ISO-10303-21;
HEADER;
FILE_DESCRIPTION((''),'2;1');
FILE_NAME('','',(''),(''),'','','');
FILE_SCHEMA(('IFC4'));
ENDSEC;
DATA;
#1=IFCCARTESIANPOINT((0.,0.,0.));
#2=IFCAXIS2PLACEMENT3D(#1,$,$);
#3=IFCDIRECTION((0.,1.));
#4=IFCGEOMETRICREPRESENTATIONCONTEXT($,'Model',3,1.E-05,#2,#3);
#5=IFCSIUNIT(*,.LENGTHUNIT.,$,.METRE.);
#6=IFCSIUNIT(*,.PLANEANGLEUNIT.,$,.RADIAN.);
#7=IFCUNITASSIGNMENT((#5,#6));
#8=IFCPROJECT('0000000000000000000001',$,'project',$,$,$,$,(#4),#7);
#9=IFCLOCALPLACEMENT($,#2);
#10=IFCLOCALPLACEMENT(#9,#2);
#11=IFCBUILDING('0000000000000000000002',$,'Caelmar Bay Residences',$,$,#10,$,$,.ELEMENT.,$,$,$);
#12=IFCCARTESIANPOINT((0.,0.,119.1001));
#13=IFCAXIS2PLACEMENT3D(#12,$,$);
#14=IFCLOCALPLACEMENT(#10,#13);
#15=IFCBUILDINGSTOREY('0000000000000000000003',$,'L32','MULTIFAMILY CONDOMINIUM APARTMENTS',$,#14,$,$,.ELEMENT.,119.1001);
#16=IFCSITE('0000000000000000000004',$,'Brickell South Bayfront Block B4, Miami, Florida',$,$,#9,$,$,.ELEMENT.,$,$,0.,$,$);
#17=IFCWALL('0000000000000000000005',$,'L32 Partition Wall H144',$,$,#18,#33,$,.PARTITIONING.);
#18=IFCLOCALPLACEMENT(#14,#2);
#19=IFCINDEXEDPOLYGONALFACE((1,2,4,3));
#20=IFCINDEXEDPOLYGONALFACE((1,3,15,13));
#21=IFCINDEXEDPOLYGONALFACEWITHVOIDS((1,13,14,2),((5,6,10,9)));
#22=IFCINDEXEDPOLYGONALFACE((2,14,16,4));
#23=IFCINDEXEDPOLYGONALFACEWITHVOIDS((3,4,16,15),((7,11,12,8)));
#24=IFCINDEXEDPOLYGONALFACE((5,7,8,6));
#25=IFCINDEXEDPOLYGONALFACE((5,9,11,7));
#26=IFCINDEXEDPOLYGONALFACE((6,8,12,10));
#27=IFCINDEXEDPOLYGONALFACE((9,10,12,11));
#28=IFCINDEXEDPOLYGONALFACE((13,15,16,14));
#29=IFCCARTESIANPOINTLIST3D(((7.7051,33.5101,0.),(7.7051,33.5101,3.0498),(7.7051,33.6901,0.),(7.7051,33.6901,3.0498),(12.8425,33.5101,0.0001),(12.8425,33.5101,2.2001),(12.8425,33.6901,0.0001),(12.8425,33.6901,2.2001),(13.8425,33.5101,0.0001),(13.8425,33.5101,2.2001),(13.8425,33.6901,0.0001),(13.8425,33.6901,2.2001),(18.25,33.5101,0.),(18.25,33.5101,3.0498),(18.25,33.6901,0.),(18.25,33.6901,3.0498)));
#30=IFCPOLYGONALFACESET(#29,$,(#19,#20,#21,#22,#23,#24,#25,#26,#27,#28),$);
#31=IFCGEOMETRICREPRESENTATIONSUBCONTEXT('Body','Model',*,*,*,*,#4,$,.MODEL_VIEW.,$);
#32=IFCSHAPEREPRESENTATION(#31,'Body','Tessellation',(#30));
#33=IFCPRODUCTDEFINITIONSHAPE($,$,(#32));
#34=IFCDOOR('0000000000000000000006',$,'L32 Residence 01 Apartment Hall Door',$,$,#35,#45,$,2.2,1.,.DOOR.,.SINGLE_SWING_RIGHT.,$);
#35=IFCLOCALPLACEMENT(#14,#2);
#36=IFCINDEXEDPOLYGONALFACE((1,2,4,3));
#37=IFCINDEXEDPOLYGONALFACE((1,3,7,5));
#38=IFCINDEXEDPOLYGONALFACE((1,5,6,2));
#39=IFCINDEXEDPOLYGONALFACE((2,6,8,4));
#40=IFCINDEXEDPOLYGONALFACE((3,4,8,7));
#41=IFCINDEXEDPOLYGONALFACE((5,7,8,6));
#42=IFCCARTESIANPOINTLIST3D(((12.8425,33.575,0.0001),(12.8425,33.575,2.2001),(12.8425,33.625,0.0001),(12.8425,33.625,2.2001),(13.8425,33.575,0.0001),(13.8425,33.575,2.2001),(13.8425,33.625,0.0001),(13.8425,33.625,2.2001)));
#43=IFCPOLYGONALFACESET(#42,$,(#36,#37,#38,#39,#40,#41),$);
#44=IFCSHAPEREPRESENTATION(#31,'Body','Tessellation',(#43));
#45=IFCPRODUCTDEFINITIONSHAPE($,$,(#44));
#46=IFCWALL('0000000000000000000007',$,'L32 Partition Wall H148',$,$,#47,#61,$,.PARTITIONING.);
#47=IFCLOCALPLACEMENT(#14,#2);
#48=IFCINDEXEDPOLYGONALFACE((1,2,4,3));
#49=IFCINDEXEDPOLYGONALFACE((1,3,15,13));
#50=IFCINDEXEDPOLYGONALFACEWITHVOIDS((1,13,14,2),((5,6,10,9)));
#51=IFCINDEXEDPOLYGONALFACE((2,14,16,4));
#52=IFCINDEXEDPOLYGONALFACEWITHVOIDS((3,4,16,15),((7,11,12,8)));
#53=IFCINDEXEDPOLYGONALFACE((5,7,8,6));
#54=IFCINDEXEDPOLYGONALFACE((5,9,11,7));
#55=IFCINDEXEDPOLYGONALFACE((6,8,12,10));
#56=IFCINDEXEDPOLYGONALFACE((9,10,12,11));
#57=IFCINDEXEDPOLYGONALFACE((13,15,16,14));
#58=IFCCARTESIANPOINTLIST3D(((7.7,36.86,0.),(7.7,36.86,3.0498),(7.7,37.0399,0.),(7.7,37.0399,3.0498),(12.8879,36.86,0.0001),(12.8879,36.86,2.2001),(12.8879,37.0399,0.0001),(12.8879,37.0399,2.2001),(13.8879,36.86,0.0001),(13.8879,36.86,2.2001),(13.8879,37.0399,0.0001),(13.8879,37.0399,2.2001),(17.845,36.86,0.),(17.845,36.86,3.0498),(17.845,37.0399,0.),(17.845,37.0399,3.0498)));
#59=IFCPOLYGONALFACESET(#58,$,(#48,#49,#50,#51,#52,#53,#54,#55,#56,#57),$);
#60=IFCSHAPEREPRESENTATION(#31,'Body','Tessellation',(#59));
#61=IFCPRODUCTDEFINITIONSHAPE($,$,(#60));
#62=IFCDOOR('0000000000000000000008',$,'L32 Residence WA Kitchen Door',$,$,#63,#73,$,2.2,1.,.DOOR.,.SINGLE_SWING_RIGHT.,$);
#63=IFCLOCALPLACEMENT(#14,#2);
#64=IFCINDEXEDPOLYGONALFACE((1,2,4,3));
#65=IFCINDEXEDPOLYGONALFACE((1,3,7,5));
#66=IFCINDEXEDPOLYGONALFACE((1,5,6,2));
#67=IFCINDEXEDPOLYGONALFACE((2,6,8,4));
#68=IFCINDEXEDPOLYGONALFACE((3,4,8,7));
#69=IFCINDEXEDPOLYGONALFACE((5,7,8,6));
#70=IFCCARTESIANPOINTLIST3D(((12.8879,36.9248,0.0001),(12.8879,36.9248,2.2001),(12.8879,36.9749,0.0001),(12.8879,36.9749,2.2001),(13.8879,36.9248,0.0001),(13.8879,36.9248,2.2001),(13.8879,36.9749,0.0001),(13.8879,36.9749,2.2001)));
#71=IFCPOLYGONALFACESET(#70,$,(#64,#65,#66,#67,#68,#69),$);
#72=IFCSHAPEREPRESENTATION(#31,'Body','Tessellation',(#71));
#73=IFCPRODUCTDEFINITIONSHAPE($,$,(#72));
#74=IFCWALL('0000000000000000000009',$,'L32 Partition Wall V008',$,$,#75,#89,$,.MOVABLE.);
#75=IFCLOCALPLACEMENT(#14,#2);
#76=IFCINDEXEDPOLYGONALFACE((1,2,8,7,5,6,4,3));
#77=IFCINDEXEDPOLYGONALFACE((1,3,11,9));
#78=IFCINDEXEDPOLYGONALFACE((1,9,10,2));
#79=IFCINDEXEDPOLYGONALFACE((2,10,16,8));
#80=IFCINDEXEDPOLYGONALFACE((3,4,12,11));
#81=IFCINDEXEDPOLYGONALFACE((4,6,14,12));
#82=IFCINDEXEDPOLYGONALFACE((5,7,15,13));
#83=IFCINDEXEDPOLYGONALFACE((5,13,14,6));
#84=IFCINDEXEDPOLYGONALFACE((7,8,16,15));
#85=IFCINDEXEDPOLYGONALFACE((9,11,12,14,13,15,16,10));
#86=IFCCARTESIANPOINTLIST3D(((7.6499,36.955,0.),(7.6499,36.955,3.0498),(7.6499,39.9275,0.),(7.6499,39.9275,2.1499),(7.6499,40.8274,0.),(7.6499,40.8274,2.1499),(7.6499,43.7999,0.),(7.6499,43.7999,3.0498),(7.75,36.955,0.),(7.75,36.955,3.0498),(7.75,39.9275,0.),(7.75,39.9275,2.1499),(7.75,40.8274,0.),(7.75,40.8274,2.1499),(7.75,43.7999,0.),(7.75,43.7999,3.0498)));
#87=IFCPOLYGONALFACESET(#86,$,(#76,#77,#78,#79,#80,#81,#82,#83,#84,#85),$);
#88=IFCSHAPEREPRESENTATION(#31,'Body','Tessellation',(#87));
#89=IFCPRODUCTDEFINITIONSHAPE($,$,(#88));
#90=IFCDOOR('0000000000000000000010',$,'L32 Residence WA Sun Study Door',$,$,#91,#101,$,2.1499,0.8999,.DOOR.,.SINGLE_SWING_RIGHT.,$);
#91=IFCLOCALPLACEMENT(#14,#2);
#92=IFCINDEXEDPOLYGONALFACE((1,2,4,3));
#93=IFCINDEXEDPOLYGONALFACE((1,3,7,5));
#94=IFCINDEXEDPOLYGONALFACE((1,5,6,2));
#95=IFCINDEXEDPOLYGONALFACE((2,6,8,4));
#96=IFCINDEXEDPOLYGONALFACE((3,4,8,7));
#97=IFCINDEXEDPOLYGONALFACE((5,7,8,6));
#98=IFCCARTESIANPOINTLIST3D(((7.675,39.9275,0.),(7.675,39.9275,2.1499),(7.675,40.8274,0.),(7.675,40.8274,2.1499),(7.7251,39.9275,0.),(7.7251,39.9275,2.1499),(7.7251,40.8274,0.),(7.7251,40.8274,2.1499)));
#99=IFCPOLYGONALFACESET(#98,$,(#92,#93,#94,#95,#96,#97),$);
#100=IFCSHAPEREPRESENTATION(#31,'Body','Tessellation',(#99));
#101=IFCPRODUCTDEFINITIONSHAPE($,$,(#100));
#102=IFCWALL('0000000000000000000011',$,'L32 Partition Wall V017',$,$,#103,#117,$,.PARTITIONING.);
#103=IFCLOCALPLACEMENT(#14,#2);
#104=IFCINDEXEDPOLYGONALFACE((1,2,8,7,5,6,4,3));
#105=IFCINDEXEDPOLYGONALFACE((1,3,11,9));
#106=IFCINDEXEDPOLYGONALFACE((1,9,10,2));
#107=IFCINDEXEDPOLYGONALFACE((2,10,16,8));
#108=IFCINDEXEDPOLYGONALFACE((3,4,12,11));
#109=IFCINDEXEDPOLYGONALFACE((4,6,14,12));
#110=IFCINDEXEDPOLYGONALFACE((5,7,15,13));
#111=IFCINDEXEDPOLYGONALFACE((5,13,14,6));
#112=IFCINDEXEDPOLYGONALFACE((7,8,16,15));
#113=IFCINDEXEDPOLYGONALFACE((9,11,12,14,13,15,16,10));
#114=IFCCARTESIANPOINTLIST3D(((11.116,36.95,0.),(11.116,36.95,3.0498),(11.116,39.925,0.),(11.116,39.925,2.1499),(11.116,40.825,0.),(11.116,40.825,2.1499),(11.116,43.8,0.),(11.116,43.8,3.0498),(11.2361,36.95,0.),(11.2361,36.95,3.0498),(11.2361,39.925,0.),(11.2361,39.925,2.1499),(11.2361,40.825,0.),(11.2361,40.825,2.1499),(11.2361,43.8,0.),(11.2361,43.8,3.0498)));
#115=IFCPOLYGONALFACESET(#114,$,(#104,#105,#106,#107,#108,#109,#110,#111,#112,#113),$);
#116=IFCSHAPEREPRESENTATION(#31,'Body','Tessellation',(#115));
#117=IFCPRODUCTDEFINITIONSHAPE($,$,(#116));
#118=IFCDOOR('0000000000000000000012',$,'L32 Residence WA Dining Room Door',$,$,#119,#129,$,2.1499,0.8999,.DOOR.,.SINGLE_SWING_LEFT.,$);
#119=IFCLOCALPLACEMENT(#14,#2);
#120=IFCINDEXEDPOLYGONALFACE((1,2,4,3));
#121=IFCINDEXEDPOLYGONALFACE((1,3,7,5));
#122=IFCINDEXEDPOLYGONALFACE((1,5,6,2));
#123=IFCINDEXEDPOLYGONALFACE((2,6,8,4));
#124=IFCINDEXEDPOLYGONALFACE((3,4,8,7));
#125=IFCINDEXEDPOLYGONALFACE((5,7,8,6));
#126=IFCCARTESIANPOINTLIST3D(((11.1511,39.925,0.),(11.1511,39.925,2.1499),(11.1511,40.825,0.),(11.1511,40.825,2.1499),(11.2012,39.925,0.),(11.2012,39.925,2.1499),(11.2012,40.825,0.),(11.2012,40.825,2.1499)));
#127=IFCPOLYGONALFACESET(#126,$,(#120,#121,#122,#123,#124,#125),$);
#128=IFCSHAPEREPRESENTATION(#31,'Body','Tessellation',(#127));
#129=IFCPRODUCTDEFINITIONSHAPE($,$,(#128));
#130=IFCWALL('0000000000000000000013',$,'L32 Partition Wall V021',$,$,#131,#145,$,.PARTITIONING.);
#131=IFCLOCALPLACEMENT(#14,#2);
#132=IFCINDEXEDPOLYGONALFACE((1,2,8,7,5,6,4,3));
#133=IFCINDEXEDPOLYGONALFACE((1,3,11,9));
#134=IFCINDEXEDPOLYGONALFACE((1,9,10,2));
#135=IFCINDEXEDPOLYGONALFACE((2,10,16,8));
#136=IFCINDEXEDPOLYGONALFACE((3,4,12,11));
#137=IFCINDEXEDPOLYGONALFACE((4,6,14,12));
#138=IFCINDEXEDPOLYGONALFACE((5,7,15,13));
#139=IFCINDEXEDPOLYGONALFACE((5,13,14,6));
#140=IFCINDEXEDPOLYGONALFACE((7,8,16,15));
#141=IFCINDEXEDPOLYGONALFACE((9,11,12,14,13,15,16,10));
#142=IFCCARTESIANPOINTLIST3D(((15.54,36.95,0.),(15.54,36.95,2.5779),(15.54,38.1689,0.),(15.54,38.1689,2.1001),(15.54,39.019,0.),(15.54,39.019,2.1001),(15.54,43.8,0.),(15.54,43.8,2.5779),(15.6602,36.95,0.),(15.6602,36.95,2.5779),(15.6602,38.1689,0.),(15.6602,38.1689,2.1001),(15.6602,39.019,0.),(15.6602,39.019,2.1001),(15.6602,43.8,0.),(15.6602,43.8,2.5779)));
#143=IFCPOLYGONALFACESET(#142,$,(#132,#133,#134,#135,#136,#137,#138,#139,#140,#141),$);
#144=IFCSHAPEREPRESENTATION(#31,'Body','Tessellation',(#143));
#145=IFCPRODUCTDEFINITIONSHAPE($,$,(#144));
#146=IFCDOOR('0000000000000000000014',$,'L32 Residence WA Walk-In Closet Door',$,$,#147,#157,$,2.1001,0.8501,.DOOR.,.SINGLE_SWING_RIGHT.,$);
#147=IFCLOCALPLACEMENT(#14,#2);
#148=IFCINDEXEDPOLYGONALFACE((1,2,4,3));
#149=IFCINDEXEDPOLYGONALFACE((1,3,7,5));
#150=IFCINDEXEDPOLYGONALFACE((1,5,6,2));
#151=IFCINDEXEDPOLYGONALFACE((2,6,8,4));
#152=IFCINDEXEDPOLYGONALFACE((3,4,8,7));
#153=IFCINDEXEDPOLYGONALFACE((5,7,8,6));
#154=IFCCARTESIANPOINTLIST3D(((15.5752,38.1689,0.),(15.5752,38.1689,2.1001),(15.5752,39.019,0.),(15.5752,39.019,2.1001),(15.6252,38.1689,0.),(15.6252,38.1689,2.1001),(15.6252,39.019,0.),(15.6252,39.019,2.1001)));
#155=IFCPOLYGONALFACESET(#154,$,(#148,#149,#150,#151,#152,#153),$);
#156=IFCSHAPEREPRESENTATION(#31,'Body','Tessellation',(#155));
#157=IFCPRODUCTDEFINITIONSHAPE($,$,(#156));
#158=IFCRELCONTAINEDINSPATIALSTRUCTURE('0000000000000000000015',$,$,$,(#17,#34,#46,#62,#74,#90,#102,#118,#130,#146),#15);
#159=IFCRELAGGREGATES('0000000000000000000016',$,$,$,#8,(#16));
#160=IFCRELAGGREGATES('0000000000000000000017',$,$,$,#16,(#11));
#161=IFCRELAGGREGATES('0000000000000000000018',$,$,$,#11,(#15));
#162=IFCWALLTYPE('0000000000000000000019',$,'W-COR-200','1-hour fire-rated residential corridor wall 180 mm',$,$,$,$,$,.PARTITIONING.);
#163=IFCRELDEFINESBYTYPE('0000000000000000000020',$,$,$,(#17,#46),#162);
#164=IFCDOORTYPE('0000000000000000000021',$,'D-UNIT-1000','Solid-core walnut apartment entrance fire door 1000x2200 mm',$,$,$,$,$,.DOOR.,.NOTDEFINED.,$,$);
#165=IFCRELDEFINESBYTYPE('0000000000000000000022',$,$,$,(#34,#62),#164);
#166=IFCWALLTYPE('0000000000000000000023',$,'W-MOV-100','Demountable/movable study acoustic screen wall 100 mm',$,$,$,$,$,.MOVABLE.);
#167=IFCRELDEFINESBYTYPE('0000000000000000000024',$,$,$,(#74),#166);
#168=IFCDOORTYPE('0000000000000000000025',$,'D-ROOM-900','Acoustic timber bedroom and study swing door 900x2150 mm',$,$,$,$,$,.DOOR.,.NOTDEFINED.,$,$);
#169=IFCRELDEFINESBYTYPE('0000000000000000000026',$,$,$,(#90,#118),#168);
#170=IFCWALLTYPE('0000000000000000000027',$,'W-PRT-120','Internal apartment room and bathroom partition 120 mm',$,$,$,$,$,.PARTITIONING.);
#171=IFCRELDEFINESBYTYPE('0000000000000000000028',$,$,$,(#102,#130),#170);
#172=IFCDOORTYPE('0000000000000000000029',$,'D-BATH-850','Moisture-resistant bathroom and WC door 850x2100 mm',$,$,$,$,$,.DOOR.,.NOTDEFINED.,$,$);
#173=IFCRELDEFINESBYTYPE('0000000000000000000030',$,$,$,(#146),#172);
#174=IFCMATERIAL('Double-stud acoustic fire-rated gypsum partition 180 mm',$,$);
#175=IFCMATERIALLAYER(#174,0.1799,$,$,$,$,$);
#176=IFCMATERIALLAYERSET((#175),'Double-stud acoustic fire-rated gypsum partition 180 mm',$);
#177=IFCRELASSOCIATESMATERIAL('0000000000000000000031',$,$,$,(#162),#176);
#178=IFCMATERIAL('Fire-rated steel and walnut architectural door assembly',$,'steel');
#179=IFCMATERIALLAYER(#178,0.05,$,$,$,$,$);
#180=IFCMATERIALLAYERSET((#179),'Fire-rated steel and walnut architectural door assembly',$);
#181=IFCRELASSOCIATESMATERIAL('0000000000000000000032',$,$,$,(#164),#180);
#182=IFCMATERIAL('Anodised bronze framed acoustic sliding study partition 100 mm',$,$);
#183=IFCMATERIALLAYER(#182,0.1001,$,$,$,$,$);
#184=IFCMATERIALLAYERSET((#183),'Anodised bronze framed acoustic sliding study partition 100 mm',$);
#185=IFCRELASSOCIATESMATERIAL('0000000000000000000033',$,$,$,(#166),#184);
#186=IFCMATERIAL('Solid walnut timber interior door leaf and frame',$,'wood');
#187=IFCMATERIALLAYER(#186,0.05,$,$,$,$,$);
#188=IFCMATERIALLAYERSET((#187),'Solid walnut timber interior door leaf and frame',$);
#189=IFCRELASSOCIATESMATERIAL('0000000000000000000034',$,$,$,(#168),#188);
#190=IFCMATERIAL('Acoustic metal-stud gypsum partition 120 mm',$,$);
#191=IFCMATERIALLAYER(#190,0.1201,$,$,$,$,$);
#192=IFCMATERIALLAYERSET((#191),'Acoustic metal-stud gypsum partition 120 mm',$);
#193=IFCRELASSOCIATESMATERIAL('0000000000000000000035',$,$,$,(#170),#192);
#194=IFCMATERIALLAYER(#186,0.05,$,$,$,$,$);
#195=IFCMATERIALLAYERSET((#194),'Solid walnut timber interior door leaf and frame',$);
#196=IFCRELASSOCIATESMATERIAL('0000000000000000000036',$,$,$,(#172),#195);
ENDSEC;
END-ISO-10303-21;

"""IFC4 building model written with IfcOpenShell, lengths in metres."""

from ifc_helpers import new_model, si_unit, direction, frame, frame_2d, origin, place, context, subcontext, project, spatial, rectangle, extrude, material, layer, layer_set, type_object, element, fill, save


model = new_model("IFC4")

# Units and contexts
model_context = context("Model", 3, precision=1e-05, world=origin(), true_north=direction((0.0, 1.0)))
body_context = subcontext(model_context, "Body", "Model", "MODEL_VIEW")
ifc_project = project(units=[si_unit("LENGTHUNIT", "METRE"), si_unit("PLANEANGLEUNIT", "RADIAN")], contexts=[model_context])

# Site, building, storey
site_placement = place(None, origin())
site = spatial("IfcSite", under=ifc_project, at=site_placement, Name="Brickell South Bayfront Block B4, Miami, Florida", CompositionType="ELEMENT", RefElevation=0.0)
building_placement = place(site_placement, origin())
building = spatial("IfcBuilding", under=site, at=building_placement, Name="Caelmar Bay Residences", CompositionType="ELEMENT")
storey_placement = place(building_placement, frame((0.0, 0.0, 119.1001)))
storey = spatial("IfcBuildingStorey", under=building, at=storey_placement, Name="L32", Description="MULTIFAMILY CONDOMINIUM APARTMENTS", CompositionType="ELEMENT", Elevation=119.1001)

# Shared definitions
ifc_material_1 = material(Name="Fire-rated steel and walnut architectural door assembly", Category="steel")

# Shared definitions
ifc_material_2 = material(Name="Double-stud acoustic fire-rated gypsum partition 180 mm")
ifc_layer_1 = layer(ifc_material_2, 0.1799)
ifc_layer_set_1 = layer_set([ifc_layer_1], Name="Double-stud acoustic fire-rated gypsum partition 180 mm")
wall_type_1 = type_object("IfcWallType", Name="W-COR-200", Description="1-hour fire-rated residential corridor wall 180 mm", PredefinedType="PARTITIONING", material=ifc_layer_set_1)

# Walls, openings, doors
wall_1_placement = place(storey_placement, frame((7.7051, 33.6001, 0.0), z_axis=(0.0, 0.0, 1.0), x_axis=(1.0, 0.0, 0.0)))
wall_1 = element("IfcWall", 1, at=wall_1_placement, inside=storey, type_object=wall_type_1, Name="L32 Partition Wall H144", PredefinedType="PARTITIONING", context=body_context, shape_type="SweptSolid", body=[
    extrude(rectangle(XDim=10.5449, YDim=0.1799, at=frame_2d((5.2725, 0.0))), origin(), (0.0, 0.0, 1.0), 3.0498),
])
opening_1_placement = place(wall_1_placement, frame((5.1375, 0.0, 0.0)))
opening_1 = element("IfcOpeningElement", 2, at=opening_1_placement, cuts=wall_1, PredefinedType="OPENING", context=body_context, shape_type="SweptSolid", body=[
    extrude(rectangle(XDim=1.0, YDim=2.2, at=frame_2d((0.5, 1.1001))), frame((0.0, 0.0999, 0.0), z_axis=(0.0, -1.0, 0.0), x_axis=(1.0, 0.0, 0.0)), (0.0, 0.0, 1.0), 0.2),
])
ifc_layer_2 = layer(ifc_material_1, 0.05)
ifc_layer_set_2 = layer_set([ifc_layer_2], Name="Fire-rated steel and walnut architectural door assembly")
door_type_1 = type_object("IfcDoorType", Name="D-UNIT-1000", Description="Solid-core walnut apartment entrance fire door 1000x2200 mm", OperationType="NOTDEFINED", PredefinedType="DOOR", material=ifc_layer_set_2)
door_1_placement = place(opening_1_placement, origin())
door_1 = element("IfcDoor", 3, at=door_1_placement, inside=storey, type_object=door_type_1, Name="L32 Residence 01 Apartment Hall Door", OperationType="SINGLE_SWING_RIGHT", OverallHeight=2.2, OverallWidth=1.0, PredefinedType="DOOR", context=body_context, shape_type="SweptSolid", body=[
    extrude(rectangle(XDim=1.0, YDim=2.2, at=frame_2d((0.5, 1.1001))), frame((0.0, 0.0249, 0.0), z_axis=(0.0, -1.0, 0.0), x_axis=(1.0, 0.0, 0.0)), (0.0, 0.0, 1.0), 0.05),
])
fill(opening_1, door_1)
wall_2_placement = place(storey_placement, frame((7.7, 36.95, 0.0), z_axis=(0.0, 0.0, 1.0), x_axis=(1.0, 0.0, 0.0)))
wall_2 = element("IfcWall", 4, at=wall_2_placement, inside=storey, type_object=wall_type_1, Name="L32 Partition Wall H148", PredefinedType="PARTITIONING", context=body_context, shape_type="SweptSolid", body=[
    extrude(rectangle(XDim=10.145, YDim=0.1799, at=frame_2d((5.0725, 0.0))), origin(), (0.0, 0.0, 1.0), 3.0498),
])
opening_2_placement = place(wall_2_placement, frame((5.188, 0.0, 0.0)))
opening_2 = element("IfcOpeningElement", 5, at=opening_2_placement, cuts=wall_2, PredefinedType="OPENING", context=body_context, shape_type="SweptSolid", body=[
    extrude(rectangle(XDim=1.0, YDim=2.2, at=frame_2d((0.5, 1.1001))), frame((0.0, 0.0999, 0.0), z_axis=(0.0, -1.0, 0.0), x_axis=(1.0, 0.0, 0.0)), (0.0, 0.0, 1.0), 0.2),
])
door_2_placement = place(opening_2_placement, origin())
door_2 = element("IfcDoor", 6, at=door_2_placement, inside=storey, type_object=door_type_1, Name="L32 Residence WA Kitchen Door", OperationType="SINGLE_SWING_RIGHT", OverallHeight=2.2, OverallWidth=1.0, PredefinedType="DOOR", context=body_context, shape_type="SweptSolid", body=[
    extrude(rectangle(XDim=1.0, YDim=2.2, at=frame_2d((0.5, 1.1001))), frame((0.0, 0.0249, 0.0), z_axis=(0.0, -1.0, 0.0), x_axis=(1.0, 0.0, 0.0)), (0.0, 0.0, 1.0), 0.05),
])
fill(opening_2, door_2)
ifc_material_3 = material(Name="Anodised bronze framed acoustic sliding study partition 100 mm")
ifc_layer_3 = layer(ifc_material_3, 0.1001)
ifc_layer_set_3 = layer_set([ifc_layer_3], Name="Anodised bronze framed acoustic sliding study partition 100 mm")
wall_type_2 = type_object("IfcWallType", Name="W-MOV-100", Description="Demountable/movable study acoustic screen wall 100 mm", PredefinedType="MOVABLE", material=ifc_layer_set_3)
wall_3_placement = place(storey_placement, frame((7.7, 36.9551, 0.0), z_axis=(0.0, 0.0, 1.0), x_axis=(0.0, 1.0, 0.0)))
wall_3 = element("IfcWall", 7, at=wall_3_placement, inside=storey, type_object=wall_type_2, Name="L32 Partition Wall V008", PredefinedType="MOVABLE", context=body_context, shape_type="SweptSolid", body=[
    extrude(rectangle(XDim=6.845, YDim=0.1001, at=frame_2d((3.4224, 0.0))), origin(), (0.0, 0.0, 1.0), 3.0498),
])
opening_3_placement = place(wall_3_placement, frame((2.9724, 0.0, 0.0)))
opening_3 = element("IfcOpeningElement", 8, at=opening_3_placement, cuts=wall_3, PredefinedType="OPENING", context=body_context, shape_type="SweptSolid", body=[
    extrude(rectangle(XDim=0.8999, YDim=2.1499, at=frame_2d((0.45, 1.075))), frame((0.0, 0.0601, 0.0), z_axis=(0.0, -1.0, 0.0), x_axis=(1.0, 0.0, 0.0)), (0.0, 0.0, 1.0), 0.1201),
])
ifc_material_4 = material(Name="Solid walnut timber interior door leaf and frame", Category="wood")
ifc_layer_4 = layer(ifc_material_4, 0.05)
ifc_layer_set_4 = layer_set([ifc_layer_4], Name="Solid walnut timber interior door leaf and frame")
door_type_2 = type_object("IfcDoorType", Name="D-ROOM-900", Description="Acoustic timber bedroom and study swing door 900x2150 mm", OperationType="NOTDEFINED", PredefinedType="DOOR", material=ifc_layer_set_4)
door_3_placement = place(opening_3_placement, origin())
door_3 = element("IfcDoor", 9, at=door_3_placement, inside=storey, type_object=door_type_2, Name="L32 Residence WA Sun Study Door", OperationType="SINGLE_SWING_RIGHT", OverallHeight=2.1499, OverallWidth=0.8999, PredefinedType="DOOR", context=body_context, shape_type="SweptSolid", body=[
    extrude(rectangle(XDim=0.8999, YDim=2.1499, at=frame_2d((0.45, 1.075))), frame((0.0, 0.0249, 0.0), z_axis=(0.0, -1.0, 0.0), x_axis=(1.0, 0.0, 0.0)), (0.0, 0.0, 1.0), 0.05),
])
fill(opening_3, door_3)
ifc_material_5 = material(Name="Acoustic metal-stud gypsum partition 120 mm")
ifc_layer_5 = layer(ifc_material_5, 0.1201)
ifc_layer_set_5 = layer_set([ifc_layer_5], Name="Acoustic metal-stud gypsum partition 120 mm")
wall_type_3 = type_object("IfcWallType", Name="W-PRT-120", Description="Internal apartment room and bathroom partition 120 mm", PredefinedType="PARTITIONING", material=ifc_layer_set_5)
wall_4_placement = place(storey_placement, frame((11.176, 36.95, 0.0), z_axis=(0.0, 0.0, 1.0), x_axis=(0.0, 1.0, 0.0)))
wall_4 = element("IfcWall", 10, at=wall_4_placement, inside=storey, type_object=wall_type_3, Name="L32 Partition Wall V017", PredefinedType="PARTITIONING", context=body_context, shape_type="SweptSolid", body=[
    extrude(rectangle(XDim=6.8501, YDim=0.1201, at=frame_2d((3.425, 0.0))), origin(), (0.0, 0.0, 1.0), 3.0498),
])
opening_4_placement = place(wall_4_placement, frame((2.9751, 0.0, 0.0)))
opening_4 = element("IfcOpeningElement", 11, at=opening_4_placement, cuts=wall_4, PredefinedType="OPENING", context=body_context, shape_type="SweptSolid", body=[
    extrude(rectangle(XDim=0.8999, YDim=2.1499, at=frame_2d((0.45, 1.075))), frame((0.0, 0.0701, 0.0), z_axis=(0.0, -1.0, 0.0), x_axis=(1.0, 0.0, 0.0)), (0.0, 0.0, 1.0), 0.1401),
])
door_4_placement = place(opening_4_placement, origin())
door_4 = element("IfcDoor", 12, at=door_4_placement, inside=storey, type_object=door_type_2, Name="L32 Residence WA Dining Room Door", OperationType="SINGLE_SWING_LEFT", OverallHeight=2.1499, OverallWidth=0.8999, PredefinedType="DOOR", context=body_context, shape_type="SweptSolid", body=[
    extrude(rectangle(XDim=0.8999, YDim=2.1499, at=frame_2d((0.45, 1.075))), frame((0.0, 0.0249, 0.0), z_axis=(0.0, -1.0, 0.0), x_axis=(1.0, 0.0, 0.0)), (0.0, 0.0, 1.0), 0.05),
])
fill(opening_4, door_4)
wall_5_placement = place(storey_placement, frame((15.6001, 36.95, 0.0), z_axis=(0.0, 0.0, 1.0), x_axis=(0.0, 1.0, 0.0)))
wall_5 = element("IfcWall", 13, at=wall_5_placement, inside=storey, type_object=wall_type_3, Name="L32 Partition Wall V021", PredefinedType="PARTITIONING", context=body_context, shape_type="SweptSolid", body=[
    extrude(rectangle(XDim=6.8501, YDim=0.1201, at=frame_2d((3.425, 0.0))), origin(), (0.0, 0.0, 1.0), 2.5779),
])
opening_5_placement = place(wall_5_placement, frame((1.219, 0.0, 0.0)))
opening_5 = element("IfcOpeningElement", 14, at=opening_5_placement, cuts=wall_5, PredefinedType="OPENING", context=body_context, shape_type="SweptSolid", body=[
    extrude(rectangle(XDim=0.8501, YDim=2.1001, at=frame_2d((0.425, 1.05))), frame((0.0, 0.0701, 0.0), z_axis=(0.0, -1.0, 0.0), x_axis=(1.0, 0.0, 0.0)), (0.0, 0.0, 1.0), 0.1401),
])
ifc_layer_6 = layer(ifc_material_4, 0.05)
ifc_layer_set_6 = layer_set([ifc_layer_6], Name="Solid walnut timber interior door leaf and frame")
door_type_3 = type_object("IfcDoorType", Name="D-BATH-850", Description="Moisture-resistant bathroom and WC door 850x2100 mm", OperationType="NOTDEFINED", PredefinedType="DOOR", material=ifc_layer_set_6)
door_5_placement = place(opening_5_placement, origin())
door_5 = element("IfcDoor", 15, at=door_5_placement, inside=storey, type_object=door_type_3, Name="L32 Residence WA Walk-In Closet Door", OperationType="SINGLE_SWING_RIGHT", OverallHeight=2.1001, OverallWidth=0.8501, PredefinedType="DOOR", context=body_context, shape_type="SweptSolid", body=[
    extrude(rectangle(XDim=0.8501, YDim=2.1001, at=frame_2d((0.425, 1.05))), frame((0.0, 0.0249, 0.0), z_axis=(0.0, -1.0, 0.0), x_axis=(1.0, 0.0, 0.0)), (0.0, 0.0, 1.0), 0.05),
])
fill(opening_5, door_5)

save(model, "model.ifc")
